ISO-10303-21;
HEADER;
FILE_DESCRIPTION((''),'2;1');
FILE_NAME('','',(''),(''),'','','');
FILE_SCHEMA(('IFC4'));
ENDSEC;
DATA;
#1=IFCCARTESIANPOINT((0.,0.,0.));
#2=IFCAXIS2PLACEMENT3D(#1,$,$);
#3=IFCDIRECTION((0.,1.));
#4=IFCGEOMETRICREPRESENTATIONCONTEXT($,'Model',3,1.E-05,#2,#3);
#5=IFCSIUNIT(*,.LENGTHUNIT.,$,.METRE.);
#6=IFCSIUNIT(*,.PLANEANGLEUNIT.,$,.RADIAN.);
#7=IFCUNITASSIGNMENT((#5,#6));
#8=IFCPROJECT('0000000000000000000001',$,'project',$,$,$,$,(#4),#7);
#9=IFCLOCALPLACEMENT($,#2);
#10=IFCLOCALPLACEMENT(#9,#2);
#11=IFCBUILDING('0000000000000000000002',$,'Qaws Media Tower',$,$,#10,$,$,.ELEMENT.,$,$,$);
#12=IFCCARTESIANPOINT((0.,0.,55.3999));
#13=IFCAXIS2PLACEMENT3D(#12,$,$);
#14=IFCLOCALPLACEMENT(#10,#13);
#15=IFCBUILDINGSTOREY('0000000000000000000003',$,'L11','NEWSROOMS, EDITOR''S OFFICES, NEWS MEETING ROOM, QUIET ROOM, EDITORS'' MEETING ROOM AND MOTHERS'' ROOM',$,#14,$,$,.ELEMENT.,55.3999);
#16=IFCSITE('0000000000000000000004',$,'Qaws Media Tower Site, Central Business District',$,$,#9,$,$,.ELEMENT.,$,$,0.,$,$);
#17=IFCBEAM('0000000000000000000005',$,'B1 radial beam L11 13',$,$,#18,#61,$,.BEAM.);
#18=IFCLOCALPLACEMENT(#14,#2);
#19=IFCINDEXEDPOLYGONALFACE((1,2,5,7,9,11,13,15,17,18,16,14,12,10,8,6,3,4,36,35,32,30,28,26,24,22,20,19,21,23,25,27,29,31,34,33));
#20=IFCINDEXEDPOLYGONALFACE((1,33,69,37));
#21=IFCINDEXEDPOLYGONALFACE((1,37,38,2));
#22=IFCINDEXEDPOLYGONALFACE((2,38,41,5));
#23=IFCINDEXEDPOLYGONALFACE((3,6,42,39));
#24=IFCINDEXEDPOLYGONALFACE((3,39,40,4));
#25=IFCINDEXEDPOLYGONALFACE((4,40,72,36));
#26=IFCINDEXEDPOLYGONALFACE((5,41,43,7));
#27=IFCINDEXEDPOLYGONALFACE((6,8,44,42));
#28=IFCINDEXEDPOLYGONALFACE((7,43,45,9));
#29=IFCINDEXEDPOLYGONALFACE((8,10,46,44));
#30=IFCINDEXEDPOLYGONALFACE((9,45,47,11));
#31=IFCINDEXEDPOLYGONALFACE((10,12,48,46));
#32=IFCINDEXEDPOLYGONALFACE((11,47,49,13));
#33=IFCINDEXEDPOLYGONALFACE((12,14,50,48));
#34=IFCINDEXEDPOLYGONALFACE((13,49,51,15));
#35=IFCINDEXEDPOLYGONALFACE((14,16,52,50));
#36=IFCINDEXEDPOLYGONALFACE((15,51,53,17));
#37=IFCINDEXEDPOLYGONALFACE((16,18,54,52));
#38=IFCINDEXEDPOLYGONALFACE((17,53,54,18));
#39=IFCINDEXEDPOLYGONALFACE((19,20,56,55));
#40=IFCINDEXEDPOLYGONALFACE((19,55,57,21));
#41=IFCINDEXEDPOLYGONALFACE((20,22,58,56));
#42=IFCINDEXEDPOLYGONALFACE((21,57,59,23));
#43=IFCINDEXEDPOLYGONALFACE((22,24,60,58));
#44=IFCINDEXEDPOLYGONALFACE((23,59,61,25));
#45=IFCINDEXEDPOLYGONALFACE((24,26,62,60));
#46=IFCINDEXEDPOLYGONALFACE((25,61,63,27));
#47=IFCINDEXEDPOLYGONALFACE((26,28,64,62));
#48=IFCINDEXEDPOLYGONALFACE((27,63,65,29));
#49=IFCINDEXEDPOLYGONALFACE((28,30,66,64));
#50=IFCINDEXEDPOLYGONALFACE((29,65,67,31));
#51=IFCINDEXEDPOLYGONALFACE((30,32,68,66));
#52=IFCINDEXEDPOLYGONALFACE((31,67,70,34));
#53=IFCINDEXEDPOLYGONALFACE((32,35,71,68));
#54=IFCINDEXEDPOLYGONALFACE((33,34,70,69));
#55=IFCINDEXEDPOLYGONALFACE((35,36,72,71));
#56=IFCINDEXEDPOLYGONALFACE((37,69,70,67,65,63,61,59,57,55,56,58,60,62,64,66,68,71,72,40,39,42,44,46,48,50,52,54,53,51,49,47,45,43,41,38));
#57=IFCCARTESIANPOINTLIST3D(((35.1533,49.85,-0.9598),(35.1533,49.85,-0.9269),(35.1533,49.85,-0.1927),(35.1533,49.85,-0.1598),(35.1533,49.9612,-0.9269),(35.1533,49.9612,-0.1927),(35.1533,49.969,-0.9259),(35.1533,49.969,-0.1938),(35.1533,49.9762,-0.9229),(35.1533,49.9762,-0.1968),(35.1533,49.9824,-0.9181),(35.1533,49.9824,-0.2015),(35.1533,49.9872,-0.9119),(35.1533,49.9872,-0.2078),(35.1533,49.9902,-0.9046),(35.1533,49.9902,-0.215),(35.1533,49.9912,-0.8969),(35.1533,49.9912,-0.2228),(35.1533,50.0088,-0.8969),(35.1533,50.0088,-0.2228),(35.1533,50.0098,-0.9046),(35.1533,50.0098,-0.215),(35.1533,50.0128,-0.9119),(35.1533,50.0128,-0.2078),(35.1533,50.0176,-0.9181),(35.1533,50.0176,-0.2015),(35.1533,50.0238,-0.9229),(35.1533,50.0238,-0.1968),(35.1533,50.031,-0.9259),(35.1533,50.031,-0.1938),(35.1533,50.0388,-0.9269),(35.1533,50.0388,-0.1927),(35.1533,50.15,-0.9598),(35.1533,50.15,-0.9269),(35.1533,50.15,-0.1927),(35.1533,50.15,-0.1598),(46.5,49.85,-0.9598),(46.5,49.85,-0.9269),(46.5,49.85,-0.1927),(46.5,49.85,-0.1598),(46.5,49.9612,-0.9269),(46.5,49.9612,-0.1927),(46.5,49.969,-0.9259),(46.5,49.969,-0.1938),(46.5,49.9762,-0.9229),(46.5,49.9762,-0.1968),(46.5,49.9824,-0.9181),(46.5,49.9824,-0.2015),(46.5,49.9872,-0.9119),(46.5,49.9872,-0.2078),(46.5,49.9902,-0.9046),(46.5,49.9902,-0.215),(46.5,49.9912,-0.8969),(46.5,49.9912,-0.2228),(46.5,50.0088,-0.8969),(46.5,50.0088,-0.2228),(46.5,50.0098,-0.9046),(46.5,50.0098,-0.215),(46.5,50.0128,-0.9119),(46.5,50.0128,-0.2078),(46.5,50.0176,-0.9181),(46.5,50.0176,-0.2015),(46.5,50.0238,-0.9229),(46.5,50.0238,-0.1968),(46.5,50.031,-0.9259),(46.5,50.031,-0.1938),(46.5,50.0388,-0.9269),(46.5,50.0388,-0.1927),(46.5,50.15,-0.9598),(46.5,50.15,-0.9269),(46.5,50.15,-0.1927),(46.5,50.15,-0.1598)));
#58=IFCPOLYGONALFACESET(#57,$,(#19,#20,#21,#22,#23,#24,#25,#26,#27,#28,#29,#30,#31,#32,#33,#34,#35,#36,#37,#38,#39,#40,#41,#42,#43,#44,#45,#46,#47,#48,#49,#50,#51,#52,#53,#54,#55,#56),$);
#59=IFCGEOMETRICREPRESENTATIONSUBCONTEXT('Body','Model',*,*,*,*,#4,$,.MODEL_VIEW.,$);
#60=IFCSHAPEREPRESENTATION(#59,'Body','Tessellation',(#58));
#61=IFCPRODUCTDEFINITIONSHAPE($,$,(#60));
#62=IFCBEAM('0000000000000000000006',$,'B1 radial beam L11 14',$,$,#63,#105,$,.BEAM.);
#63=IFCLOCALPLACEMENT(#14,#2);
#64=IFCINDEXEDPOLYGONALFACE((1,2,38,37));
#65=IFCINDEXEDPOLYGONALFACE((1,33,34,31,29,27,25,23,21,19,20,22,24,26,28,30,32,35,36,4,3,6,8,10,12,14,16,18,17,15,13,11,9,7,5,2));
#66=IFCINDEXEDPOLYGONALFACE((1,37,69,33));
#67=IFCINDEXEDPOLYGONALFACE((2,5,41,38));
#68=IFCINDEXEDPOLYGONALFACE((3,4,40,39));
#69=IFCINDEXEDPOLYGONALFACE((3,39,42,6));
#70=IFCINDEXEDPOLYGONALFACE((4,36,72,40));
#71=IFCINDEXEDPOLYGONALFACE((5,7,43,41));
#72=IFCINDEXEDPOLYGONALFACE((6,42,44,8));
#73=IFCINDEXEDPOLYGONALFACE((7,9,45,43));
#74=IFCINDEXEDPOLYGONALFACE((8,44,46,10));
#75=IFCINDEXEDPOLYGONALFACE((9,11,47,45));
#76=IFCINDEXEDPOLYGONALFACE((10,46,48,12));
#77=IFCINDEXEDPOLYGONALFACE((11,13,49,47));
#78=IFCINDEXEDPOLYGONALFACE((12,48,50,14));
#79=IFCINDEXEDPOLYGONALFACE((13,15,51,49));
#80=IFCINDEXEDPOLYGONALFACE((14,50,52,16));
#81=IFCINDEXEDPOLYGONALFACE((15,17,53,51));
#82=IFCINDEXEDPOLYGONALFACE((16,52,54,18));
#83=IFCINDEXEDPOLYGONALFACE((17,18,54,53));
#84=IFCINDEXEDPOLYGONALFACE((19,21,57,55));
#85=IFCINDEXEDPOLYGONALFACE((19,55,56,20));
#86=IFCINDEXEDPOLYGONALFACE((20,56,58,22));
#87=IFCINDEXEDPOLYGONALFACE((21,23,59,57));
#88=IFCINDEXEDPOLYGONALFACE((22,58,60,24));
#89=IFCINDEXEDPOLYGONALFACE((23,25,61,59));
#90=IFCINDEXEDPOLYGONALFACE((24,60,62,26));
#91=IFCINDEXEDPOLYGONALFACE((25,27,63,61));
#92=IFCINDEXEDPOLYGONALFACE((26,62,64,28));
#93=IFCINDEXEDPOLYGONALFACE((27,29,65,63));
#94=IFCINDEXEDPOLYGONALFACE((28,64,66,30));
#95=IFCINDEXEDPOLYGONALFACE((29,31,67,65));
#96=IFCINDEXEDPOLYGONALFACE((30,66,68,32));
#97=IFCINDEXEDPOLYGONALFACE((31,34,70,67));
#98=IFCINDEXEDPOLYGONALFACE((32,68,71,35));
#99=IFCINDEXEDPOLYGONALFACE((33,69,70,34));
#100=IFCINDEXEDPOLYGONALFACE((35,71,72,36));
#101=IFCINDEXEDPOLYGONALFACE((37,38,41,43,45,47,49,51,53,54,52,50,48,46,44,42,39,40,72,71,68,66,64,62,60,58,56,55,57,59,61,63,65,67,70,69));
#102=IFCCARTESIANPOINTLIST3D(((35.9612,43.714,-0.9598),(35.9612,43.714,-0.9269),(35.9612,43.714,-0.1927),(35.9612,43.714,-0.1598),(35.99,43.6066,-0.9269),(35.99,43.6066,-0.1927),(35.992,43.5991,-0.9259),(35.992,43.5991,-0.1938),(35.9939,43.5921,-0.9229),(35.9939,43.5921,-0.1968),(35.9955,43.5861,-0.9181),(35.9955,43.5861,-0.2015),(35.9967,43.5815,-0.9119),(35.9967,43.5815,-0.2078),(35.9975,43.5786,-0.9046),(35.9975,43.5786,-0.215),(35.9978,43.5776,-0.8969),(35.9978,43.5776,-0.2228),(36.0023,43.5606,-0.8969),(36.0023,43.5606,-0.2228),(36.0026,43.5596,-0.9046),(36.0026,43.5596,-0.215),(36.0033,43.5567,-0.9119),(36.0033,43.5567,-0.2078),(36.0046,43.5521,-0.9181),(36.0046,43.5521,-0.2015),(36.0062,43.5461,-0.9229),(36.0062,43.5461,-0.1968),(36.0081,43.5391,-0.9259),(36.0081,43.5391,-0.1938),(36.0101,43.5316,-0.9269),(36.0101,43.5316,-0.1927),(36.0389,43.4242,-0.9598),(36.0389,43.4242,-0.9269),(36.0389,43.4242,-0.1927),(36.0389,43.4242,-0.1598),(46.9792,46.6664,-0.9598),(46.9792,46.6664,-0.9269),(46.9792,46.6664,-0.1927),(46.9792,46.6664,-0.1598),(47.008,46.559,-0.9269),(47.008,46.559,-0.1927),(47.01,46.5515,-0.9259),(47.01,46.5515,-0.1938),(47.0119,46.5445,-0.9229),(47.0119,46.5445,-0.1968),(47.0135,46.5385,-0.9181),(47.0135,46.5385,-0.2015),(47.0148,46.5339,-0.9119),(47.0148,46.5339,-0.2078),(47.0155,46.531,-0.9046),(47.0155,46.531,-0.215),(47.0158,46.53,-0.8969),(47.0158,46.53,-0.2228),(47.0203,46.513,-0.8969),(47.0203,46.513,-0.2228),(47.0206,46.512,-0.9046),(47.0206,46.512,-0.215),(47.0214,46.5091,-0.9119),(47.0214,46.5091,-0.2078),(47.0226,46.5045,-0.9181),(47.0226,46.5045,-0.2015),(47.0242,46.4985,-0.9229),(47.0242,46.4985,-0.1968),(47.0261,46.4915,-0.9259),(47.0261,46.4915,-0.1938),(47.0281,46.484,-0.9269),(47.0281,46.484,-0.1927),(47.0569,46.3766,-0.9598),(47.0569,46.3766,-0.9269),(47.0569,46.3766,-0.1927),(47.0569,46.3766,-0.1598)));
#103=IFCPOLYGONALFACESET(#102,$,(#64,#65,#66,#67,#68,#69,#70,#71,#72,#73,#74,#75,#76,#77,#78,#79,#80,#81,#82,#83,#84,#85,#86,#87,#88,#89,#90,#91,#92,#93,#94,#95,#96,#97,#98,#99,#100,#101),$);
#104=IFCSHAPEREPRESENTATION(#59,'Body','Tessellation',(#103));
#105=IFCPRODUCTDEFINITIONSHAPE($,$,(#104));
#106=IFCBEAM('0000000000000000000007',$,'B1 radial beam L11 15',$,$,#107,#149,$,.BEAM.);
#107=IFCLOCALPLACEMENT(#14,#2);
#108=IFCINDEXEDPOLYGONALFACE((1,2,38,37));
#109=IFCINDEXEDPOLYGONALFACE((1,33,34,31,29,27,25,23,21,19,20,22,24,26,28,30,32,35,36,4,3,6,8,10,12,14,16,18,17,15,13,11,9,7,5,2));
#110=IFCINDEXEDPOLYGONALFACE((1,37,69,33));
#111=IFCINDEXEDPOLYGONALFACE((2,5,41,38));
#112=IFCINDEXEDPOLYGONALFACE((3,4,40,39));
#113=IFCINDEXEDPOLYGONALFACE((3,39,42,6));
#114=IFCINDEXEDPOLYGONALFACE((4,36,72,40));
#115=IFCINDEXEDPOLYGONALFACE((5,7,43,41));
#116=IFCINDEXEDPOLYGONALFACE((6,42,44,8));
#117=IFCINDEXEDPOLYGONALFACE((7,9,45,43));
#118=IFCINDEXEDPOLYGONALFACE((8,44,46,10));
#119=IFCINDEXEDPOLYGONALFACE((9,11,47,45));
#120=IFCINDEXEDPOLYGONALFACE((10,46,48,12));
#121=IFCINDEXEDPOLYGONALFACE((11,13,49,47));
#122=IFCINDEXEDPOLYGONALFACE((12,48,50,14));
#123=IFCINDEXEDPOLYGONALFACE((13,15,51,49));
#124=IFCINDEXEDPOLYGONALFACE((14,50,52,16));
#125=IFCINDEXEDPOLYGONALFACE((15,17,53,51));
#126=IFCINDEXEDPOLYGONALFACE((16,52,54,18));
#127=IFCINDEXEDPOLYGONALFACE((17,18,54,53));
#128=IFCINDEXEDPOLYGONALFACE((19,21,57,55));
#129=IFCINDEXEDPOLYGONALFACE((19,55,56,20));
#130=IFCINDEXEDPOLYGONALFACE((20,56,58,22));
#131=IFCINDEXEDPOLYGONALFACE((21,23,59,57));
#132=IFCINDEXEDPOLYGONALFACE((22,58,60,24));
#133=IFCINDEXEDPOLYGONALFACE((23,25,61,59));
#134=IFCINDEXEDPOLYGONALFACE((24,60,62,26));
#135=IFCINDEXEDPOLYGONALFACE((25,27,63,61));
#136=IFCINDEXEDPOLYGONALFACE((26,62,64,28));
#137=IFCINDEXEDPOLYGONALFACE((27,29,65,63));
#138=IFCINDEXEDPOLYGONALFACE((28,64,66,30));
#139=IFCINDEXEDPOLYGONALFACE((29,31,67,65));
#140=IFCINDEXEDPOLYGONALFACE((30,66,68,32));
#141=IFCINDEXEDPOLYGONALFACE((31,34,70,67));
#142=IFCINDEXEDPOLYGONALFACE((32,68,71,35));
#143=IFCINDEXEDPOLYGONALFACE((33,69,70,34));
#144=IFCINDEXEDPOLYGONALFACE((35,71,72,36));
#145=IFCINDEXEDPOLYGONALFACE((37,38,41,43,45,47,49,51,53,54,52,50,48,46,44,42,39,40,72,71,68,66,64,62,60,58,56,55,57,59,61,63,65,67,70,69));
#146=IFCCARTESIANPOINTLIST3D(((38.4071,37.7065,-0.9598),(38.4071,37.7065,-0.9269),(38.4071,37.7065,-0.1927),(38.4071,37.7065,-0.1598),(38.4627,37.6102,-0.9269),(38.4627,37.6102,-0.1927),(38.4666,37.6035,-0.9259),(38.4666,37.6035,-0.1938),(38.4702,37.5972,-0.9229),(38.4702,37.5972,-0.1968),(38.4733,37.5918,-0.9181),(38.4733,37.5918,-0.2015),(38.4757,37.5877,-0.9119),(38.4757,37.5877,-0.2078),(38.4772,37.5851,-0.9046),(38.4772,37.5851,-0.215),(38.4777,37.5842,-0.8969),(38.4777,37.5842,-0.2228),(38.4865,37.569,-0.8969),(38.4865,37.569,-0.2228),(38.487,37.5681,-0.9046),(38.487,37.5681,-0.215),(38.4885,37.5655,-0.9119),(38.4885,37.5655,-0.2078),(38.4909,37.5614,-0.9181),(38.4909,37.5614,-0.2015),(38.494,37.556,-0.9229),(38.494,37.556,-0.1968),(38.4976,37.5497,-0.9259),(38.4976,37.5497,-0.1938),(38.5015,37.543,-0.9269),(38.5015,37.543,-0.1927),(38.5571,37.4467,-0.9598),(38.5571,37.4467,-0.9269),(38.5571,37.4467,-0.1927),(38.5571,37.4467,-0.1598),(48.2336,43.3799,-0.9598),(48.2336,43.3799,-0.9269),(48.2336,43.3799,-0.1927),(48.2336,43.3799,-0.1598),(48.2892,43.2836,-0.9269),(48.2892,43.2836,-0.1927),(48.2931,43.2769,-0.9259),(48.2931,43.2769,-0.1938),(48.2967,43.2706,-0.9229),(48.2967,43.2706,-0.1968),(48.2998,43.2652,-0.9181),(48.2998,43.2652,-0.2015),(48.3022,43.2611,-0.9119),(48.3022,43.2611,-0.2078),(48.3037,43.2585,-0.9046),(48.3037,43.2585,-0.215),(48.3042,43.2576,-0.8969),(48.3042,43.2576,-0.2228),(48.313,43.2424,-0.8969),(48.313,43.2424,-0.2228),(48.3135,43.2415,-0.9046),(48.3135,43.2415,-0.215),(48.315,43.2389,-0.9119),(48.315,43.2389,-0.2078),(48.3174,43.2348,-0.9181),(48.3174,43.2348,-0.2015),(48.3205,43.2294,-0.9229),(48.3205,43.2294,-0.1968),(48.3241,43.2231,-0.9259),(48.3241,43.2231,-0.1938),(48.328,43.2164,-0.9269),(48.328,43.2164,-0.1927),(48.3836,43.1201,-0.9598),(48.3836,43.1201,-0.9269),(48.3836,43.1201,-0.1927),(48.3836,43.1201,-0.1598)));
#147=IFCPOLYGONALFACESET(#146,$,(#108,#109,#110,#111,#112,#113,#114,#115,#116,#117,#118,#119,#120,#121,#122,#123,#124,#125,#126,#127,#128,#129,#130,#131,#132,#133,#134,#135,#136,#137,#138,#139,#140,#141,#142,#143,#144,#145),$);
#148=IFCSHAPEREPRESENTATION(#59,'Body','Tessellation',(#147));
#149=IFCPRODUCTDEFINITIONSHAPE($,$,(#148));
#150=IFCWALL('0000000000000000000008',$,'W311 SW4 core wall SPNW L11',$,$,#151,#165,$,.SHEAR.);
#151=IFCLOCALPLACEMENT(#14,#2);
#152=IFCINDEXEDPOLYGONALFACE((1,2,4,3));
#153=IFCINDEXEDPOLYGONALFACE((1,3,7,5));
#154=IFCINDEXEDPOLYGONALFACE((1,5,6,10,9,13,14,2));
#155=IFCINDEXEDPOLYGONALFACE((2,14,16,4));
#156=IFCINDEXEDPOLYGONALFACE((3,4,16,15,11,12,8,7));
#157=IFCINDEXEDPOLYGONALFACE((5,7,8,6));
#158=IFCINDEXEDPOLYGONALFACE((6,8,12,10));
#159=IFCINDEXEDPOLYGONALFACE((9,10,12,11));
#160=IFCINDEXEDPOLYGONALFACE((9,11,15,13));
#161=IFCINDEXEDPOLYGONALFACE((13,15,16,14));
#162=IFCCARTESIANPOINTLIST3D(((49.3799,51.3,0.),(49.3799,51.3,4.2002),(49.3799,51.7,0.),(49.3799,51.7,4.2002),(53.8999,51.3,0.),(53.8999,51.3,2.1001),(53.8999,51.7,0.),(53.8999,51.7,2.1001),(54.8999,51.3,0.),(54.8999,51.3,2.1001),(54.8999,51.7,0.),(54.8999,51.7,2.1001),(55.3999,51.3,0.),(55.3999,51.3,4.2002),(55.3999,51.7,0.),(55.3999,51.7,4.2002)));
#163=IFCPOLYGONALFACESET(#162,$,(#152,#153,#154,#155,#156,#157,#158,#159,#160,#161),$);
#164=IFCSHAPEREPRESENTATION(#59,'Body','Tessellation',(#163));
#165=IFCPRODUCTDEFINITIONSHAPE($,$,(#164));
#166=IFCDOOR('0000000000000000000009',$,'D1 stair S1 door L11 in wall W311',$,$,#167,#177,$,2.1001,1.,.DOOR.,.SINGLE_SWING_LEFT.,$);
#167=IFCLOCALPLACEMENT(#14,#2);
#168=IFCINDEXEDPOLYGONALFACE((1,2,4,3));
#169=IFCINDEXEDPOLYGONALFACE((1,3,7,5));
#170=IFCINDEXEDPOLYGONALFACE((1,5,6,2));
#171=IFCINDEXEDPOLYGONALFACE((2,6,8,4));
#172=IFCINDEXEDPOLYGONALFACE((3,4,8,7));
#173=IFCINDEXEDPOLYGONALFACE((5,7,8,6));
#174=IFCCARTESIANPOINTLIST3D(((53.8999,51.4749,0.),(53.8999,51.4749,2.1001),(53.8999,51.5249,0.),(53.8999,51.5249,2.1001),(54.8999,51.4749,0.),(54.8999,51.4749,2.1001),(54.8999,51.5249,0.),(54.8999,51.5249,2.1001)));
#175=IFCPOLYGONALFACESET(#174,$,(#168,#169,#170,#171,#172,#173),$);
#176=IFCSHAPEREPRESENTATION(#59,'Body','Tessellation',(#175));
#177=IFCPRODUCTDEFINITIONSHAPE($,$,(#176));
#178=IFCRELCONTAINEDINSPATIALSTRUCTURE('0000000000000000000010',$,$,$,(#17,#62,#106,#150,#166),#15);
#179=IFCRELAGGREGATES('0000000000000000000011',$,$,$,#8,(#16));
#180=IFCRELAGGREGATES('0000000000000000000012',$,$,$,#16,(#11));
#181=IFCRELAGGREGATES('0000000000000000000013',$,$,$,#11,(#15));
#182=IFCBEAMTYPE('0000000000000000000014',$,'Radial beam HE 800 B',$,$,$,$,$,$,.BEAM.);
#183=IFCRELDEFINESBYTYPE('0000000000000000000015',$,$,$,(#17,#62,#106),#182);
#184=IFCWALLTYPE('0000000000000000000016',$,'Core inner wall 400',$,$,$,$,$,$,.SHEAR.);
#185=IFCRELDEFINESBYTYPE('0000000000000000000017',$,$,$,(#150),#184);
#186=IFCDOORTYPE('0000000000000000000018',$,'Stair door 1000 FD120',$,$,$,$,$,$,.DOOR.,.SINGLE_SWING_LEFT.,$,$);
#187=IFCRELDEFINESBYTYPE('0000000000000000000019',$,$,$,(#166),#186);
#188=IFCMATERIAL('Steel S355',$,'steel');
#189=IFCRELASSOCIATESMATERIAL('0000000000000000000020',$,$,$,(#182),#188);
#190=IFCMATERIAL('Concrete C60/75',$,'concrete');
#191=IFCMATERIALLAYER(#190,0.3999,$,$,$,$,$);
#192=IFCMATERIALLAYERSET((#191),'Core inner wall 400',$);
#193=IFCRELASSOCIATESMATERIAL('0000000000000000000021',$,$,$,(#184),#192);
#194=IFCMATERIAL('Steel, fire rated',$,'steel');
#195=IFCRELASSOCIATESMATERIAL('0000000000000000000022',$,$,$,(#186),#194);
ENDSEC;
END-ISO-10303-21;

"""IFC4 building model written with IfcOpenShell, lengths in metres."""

from ifc_helpers import new_model, si_unit, direction, frame, frame_2d, origin, origin_2d, place, context, subcontext, project, spatial, rectangle, i_section, extrude, material, layer, layer_set, material_profile, profile_set, type_object, element, fill, save


model = new_model("IFC4")

# Units and contexts
model_context = context("Model", 3, precision=1e-05, world=origin(), true_north=direction((0.0, 1.0)))
body_context = subcontext(model_context, "Body", "Model", "MODEL_VIEW")
ifc_project = project(units=[si_unit("LENGTHUNIT", "METRE"), si_unit("PLANEANGLEUNIT", "RADIAN")], contexts=[model_context])

# Site, building, storey
site_placement = place(None, origin())
site = spatial("IfcSite", under=ifc_project, at=site_placement, Name="Qaws Media Tower Site, Central Business District", CompositionType="ELEMENT", RefElevation=0.0)
building_placement = place(site_placement, origin())
building = spatial("IfcBuilding", under=site, at=building_placement, Name="Qaws Media Tower", CompositionType="ELEMENT")
storey_placement = place(building_placement, frame((0.0, 0.0, 55.3999)))
storey = spatial("IfcBuildingStorey", under=building, at=storey_placement, Name="L11", Description="NEWSROOMS, EDITOR'S OFFICES, NEWS MEETING ROOM, QUIET ROOM, EDITORS' MEETING ROOM AND MOTHERS' ROOM", CompositionType="ELEMENT", Elevation=55.3999)

# Beams
ifc_material_1 = material(Name="Steel S355", Category="steel")
ifc_material_profile_1 = material_profile(ifc_material_1, i_section(OverallWidth=0.3, OverallDepth=0.8, WebThickness=0.0176, FlangeThickness=0.033, FilletRadius=0.03, at=origin_2d()), Name="HE 800 B")
ifc_profile_set_1 = profile_set([ifc_material_profile_1], Name="Steel S355")
beam_type_1 = type_object("IfcBeamType", Name="Radial beam HE 800 B", PredefinedType="BEAM", material=ifc_profile_set_1)
beam_1_placement = place(storey_placement, frame((46.5, 50.0, -0.5598), z_axis=(-1.0, 0.0, 0.0), x_axis=(0.0, -1.0, 0.0)))
element("IfcBeam", 1, at=beam_1_placement, inside=storey, type_object=beam_type_1, Name="B1 radial beam L11 13", PredefinedType="BEAM", context=body_context, shape_type="SweptSolid", body=[
    extrude(i_section(OverallWidth=0.3, OverallDepth=0.8, WebThickness=0.0176, FlangeThickness=0.033, FilletRadius=0.03, at=origin_2d()), origin(), (0.0, 0.0, 1.0), 11.3467),
])
beam_2_placement = place(storey_placement, frame((47.0181, 46.5215, -0.5598), z_axis=(-0.965923, -0.258828, 0.0), x_axis=(0.258828, -0.965923, 0.0)))
element("IfcBeam", 2, at=beam_2_placement, inside=storey, type_object=beam_type_1, Name="B1 radial beam L11 14", PredefinedType="BEAM", context=body_context, shape_type="SweptSolid", body=[
    extrude(i_section(OverallWidth=0.3, OverallDepth=0.8, WebThickness=0.0176, FlangeThickness=0.033, FilletRadius=0.03, at=origin_2d()), origin(), (0.0, 0.0, 1.0), 11.4067),
])
beam_3_placement = place(storey_placement, frame((48.3086, 43.25, -0.5598), z_axis=(-0.866023, -0.500004, 0.0), x_axis=(0.500004, -0.866023, 0.0)))
element("IfcBeam", 3, at=beam_3_placement, inside=storey, type_object=beam_type_1, Name="B1 radial beam L11 15", PredefinedType="BEAM", context=body_context, shape_type="SweptSolid", body=[
    extrude(i_section(OverallWidth=0.3, OverallDepth=0.8, WebThickness=0.0176, FlangeThickness=0.033, FilletRadius=0.03, at=origin_2d()), origin(), (0.0, 0.0, 1.0), 11.3467),
])

# Wall, opening, door
ifc_material_2 = material(Name="Concrete C60/75", Category="concrete")
ifc_layer_1 = layer(ifc_material_2, 0.3999)
ifc_layer_set_1 = layer_set([ifc_layer_1], Name="Core inner wall 400")
wall_type_1 = type_object("IfcWallType", Name="Core inner wall 400", PredefinedType="SHEAR", material=ifc_layer_set_1)
wall_1_placement = place(storey_placement, frame((49.3799, 51.5, 0.0), z_axis=(0.0, 0.0, 1.0), x_axis=(1.0, 0.0, 0.0)))
wall_1 = element("IfcWall", 4, at=wall_1_placement, inside=storey, type_object=wall_type_1, Name="W311 SW4 core wall SPNW L11", PredefinedType="SHEAR", context=body_context, shape_type="SweptSolid", body=[
    extrude(rectangle(XDim=6.02, YDim=0.3999, at=frame_2d((3.01, 0.0))), origin(), (0.0, 0.0, 1.0), 4.2002),
])
opening_1_placement = place(wall_1_placement, frame((4.52, 0.0, 0.0)))
opening_1 = element("IfcOpeningElement", 5, at=opening_1_placement, cuts=wall_1, PredefinedType="OPENING", context=body_context, shape_type="SweptSolid", body=[
    extrude(rectangle(XDim=1.0, YDim=2.1001, at=frame_2d((0.5, 1.05))), frame((0.0, 0.21, 0.0), z_axis=(0.0, -1.0, 0.0), x_axis=(1.0, 0.0, 0.0)), (0.0, 0.0, 1.0), 0.4199),
])
ifc_material_3 = material(Name="Steel, fire rated", Category="steel")
door_type_1 = type_object("IfcDoorType", Name="Stair door 1000 FD120", OperationType="SINGLE_SWING_LEFT", PredefinedType="DOOR", material=ifc_material_3)
door_1_placement = place(opening_1_placement, origin())
door_1 = element("IfcDoor", 6, at=door_1_placement, inside=storey, type_object=door_type_1, Name="D1 stair S1 door L11 in wall W311", OperationType="SINGLE_SWING_LEFT", OverallHeight=2.1001, OverallWidth=1.0, PredefinedType="DOOR", context=body_context, shape_type="SweptSolid", body=[
    extrude(rectangle(XDim=1.0, YDim=2.1001, at=frame_2d((0.5, 1.05))), frame((0.0, 0.0249, 0.0), z_axis=(0.0, -1.0, 0.0), x_axis=(1.0, 0.0, 0.0)), (0.0, 0.0, 1.0), 0.05),
])
fill(opening_1, door_1)

save(model, "model.ifc")
